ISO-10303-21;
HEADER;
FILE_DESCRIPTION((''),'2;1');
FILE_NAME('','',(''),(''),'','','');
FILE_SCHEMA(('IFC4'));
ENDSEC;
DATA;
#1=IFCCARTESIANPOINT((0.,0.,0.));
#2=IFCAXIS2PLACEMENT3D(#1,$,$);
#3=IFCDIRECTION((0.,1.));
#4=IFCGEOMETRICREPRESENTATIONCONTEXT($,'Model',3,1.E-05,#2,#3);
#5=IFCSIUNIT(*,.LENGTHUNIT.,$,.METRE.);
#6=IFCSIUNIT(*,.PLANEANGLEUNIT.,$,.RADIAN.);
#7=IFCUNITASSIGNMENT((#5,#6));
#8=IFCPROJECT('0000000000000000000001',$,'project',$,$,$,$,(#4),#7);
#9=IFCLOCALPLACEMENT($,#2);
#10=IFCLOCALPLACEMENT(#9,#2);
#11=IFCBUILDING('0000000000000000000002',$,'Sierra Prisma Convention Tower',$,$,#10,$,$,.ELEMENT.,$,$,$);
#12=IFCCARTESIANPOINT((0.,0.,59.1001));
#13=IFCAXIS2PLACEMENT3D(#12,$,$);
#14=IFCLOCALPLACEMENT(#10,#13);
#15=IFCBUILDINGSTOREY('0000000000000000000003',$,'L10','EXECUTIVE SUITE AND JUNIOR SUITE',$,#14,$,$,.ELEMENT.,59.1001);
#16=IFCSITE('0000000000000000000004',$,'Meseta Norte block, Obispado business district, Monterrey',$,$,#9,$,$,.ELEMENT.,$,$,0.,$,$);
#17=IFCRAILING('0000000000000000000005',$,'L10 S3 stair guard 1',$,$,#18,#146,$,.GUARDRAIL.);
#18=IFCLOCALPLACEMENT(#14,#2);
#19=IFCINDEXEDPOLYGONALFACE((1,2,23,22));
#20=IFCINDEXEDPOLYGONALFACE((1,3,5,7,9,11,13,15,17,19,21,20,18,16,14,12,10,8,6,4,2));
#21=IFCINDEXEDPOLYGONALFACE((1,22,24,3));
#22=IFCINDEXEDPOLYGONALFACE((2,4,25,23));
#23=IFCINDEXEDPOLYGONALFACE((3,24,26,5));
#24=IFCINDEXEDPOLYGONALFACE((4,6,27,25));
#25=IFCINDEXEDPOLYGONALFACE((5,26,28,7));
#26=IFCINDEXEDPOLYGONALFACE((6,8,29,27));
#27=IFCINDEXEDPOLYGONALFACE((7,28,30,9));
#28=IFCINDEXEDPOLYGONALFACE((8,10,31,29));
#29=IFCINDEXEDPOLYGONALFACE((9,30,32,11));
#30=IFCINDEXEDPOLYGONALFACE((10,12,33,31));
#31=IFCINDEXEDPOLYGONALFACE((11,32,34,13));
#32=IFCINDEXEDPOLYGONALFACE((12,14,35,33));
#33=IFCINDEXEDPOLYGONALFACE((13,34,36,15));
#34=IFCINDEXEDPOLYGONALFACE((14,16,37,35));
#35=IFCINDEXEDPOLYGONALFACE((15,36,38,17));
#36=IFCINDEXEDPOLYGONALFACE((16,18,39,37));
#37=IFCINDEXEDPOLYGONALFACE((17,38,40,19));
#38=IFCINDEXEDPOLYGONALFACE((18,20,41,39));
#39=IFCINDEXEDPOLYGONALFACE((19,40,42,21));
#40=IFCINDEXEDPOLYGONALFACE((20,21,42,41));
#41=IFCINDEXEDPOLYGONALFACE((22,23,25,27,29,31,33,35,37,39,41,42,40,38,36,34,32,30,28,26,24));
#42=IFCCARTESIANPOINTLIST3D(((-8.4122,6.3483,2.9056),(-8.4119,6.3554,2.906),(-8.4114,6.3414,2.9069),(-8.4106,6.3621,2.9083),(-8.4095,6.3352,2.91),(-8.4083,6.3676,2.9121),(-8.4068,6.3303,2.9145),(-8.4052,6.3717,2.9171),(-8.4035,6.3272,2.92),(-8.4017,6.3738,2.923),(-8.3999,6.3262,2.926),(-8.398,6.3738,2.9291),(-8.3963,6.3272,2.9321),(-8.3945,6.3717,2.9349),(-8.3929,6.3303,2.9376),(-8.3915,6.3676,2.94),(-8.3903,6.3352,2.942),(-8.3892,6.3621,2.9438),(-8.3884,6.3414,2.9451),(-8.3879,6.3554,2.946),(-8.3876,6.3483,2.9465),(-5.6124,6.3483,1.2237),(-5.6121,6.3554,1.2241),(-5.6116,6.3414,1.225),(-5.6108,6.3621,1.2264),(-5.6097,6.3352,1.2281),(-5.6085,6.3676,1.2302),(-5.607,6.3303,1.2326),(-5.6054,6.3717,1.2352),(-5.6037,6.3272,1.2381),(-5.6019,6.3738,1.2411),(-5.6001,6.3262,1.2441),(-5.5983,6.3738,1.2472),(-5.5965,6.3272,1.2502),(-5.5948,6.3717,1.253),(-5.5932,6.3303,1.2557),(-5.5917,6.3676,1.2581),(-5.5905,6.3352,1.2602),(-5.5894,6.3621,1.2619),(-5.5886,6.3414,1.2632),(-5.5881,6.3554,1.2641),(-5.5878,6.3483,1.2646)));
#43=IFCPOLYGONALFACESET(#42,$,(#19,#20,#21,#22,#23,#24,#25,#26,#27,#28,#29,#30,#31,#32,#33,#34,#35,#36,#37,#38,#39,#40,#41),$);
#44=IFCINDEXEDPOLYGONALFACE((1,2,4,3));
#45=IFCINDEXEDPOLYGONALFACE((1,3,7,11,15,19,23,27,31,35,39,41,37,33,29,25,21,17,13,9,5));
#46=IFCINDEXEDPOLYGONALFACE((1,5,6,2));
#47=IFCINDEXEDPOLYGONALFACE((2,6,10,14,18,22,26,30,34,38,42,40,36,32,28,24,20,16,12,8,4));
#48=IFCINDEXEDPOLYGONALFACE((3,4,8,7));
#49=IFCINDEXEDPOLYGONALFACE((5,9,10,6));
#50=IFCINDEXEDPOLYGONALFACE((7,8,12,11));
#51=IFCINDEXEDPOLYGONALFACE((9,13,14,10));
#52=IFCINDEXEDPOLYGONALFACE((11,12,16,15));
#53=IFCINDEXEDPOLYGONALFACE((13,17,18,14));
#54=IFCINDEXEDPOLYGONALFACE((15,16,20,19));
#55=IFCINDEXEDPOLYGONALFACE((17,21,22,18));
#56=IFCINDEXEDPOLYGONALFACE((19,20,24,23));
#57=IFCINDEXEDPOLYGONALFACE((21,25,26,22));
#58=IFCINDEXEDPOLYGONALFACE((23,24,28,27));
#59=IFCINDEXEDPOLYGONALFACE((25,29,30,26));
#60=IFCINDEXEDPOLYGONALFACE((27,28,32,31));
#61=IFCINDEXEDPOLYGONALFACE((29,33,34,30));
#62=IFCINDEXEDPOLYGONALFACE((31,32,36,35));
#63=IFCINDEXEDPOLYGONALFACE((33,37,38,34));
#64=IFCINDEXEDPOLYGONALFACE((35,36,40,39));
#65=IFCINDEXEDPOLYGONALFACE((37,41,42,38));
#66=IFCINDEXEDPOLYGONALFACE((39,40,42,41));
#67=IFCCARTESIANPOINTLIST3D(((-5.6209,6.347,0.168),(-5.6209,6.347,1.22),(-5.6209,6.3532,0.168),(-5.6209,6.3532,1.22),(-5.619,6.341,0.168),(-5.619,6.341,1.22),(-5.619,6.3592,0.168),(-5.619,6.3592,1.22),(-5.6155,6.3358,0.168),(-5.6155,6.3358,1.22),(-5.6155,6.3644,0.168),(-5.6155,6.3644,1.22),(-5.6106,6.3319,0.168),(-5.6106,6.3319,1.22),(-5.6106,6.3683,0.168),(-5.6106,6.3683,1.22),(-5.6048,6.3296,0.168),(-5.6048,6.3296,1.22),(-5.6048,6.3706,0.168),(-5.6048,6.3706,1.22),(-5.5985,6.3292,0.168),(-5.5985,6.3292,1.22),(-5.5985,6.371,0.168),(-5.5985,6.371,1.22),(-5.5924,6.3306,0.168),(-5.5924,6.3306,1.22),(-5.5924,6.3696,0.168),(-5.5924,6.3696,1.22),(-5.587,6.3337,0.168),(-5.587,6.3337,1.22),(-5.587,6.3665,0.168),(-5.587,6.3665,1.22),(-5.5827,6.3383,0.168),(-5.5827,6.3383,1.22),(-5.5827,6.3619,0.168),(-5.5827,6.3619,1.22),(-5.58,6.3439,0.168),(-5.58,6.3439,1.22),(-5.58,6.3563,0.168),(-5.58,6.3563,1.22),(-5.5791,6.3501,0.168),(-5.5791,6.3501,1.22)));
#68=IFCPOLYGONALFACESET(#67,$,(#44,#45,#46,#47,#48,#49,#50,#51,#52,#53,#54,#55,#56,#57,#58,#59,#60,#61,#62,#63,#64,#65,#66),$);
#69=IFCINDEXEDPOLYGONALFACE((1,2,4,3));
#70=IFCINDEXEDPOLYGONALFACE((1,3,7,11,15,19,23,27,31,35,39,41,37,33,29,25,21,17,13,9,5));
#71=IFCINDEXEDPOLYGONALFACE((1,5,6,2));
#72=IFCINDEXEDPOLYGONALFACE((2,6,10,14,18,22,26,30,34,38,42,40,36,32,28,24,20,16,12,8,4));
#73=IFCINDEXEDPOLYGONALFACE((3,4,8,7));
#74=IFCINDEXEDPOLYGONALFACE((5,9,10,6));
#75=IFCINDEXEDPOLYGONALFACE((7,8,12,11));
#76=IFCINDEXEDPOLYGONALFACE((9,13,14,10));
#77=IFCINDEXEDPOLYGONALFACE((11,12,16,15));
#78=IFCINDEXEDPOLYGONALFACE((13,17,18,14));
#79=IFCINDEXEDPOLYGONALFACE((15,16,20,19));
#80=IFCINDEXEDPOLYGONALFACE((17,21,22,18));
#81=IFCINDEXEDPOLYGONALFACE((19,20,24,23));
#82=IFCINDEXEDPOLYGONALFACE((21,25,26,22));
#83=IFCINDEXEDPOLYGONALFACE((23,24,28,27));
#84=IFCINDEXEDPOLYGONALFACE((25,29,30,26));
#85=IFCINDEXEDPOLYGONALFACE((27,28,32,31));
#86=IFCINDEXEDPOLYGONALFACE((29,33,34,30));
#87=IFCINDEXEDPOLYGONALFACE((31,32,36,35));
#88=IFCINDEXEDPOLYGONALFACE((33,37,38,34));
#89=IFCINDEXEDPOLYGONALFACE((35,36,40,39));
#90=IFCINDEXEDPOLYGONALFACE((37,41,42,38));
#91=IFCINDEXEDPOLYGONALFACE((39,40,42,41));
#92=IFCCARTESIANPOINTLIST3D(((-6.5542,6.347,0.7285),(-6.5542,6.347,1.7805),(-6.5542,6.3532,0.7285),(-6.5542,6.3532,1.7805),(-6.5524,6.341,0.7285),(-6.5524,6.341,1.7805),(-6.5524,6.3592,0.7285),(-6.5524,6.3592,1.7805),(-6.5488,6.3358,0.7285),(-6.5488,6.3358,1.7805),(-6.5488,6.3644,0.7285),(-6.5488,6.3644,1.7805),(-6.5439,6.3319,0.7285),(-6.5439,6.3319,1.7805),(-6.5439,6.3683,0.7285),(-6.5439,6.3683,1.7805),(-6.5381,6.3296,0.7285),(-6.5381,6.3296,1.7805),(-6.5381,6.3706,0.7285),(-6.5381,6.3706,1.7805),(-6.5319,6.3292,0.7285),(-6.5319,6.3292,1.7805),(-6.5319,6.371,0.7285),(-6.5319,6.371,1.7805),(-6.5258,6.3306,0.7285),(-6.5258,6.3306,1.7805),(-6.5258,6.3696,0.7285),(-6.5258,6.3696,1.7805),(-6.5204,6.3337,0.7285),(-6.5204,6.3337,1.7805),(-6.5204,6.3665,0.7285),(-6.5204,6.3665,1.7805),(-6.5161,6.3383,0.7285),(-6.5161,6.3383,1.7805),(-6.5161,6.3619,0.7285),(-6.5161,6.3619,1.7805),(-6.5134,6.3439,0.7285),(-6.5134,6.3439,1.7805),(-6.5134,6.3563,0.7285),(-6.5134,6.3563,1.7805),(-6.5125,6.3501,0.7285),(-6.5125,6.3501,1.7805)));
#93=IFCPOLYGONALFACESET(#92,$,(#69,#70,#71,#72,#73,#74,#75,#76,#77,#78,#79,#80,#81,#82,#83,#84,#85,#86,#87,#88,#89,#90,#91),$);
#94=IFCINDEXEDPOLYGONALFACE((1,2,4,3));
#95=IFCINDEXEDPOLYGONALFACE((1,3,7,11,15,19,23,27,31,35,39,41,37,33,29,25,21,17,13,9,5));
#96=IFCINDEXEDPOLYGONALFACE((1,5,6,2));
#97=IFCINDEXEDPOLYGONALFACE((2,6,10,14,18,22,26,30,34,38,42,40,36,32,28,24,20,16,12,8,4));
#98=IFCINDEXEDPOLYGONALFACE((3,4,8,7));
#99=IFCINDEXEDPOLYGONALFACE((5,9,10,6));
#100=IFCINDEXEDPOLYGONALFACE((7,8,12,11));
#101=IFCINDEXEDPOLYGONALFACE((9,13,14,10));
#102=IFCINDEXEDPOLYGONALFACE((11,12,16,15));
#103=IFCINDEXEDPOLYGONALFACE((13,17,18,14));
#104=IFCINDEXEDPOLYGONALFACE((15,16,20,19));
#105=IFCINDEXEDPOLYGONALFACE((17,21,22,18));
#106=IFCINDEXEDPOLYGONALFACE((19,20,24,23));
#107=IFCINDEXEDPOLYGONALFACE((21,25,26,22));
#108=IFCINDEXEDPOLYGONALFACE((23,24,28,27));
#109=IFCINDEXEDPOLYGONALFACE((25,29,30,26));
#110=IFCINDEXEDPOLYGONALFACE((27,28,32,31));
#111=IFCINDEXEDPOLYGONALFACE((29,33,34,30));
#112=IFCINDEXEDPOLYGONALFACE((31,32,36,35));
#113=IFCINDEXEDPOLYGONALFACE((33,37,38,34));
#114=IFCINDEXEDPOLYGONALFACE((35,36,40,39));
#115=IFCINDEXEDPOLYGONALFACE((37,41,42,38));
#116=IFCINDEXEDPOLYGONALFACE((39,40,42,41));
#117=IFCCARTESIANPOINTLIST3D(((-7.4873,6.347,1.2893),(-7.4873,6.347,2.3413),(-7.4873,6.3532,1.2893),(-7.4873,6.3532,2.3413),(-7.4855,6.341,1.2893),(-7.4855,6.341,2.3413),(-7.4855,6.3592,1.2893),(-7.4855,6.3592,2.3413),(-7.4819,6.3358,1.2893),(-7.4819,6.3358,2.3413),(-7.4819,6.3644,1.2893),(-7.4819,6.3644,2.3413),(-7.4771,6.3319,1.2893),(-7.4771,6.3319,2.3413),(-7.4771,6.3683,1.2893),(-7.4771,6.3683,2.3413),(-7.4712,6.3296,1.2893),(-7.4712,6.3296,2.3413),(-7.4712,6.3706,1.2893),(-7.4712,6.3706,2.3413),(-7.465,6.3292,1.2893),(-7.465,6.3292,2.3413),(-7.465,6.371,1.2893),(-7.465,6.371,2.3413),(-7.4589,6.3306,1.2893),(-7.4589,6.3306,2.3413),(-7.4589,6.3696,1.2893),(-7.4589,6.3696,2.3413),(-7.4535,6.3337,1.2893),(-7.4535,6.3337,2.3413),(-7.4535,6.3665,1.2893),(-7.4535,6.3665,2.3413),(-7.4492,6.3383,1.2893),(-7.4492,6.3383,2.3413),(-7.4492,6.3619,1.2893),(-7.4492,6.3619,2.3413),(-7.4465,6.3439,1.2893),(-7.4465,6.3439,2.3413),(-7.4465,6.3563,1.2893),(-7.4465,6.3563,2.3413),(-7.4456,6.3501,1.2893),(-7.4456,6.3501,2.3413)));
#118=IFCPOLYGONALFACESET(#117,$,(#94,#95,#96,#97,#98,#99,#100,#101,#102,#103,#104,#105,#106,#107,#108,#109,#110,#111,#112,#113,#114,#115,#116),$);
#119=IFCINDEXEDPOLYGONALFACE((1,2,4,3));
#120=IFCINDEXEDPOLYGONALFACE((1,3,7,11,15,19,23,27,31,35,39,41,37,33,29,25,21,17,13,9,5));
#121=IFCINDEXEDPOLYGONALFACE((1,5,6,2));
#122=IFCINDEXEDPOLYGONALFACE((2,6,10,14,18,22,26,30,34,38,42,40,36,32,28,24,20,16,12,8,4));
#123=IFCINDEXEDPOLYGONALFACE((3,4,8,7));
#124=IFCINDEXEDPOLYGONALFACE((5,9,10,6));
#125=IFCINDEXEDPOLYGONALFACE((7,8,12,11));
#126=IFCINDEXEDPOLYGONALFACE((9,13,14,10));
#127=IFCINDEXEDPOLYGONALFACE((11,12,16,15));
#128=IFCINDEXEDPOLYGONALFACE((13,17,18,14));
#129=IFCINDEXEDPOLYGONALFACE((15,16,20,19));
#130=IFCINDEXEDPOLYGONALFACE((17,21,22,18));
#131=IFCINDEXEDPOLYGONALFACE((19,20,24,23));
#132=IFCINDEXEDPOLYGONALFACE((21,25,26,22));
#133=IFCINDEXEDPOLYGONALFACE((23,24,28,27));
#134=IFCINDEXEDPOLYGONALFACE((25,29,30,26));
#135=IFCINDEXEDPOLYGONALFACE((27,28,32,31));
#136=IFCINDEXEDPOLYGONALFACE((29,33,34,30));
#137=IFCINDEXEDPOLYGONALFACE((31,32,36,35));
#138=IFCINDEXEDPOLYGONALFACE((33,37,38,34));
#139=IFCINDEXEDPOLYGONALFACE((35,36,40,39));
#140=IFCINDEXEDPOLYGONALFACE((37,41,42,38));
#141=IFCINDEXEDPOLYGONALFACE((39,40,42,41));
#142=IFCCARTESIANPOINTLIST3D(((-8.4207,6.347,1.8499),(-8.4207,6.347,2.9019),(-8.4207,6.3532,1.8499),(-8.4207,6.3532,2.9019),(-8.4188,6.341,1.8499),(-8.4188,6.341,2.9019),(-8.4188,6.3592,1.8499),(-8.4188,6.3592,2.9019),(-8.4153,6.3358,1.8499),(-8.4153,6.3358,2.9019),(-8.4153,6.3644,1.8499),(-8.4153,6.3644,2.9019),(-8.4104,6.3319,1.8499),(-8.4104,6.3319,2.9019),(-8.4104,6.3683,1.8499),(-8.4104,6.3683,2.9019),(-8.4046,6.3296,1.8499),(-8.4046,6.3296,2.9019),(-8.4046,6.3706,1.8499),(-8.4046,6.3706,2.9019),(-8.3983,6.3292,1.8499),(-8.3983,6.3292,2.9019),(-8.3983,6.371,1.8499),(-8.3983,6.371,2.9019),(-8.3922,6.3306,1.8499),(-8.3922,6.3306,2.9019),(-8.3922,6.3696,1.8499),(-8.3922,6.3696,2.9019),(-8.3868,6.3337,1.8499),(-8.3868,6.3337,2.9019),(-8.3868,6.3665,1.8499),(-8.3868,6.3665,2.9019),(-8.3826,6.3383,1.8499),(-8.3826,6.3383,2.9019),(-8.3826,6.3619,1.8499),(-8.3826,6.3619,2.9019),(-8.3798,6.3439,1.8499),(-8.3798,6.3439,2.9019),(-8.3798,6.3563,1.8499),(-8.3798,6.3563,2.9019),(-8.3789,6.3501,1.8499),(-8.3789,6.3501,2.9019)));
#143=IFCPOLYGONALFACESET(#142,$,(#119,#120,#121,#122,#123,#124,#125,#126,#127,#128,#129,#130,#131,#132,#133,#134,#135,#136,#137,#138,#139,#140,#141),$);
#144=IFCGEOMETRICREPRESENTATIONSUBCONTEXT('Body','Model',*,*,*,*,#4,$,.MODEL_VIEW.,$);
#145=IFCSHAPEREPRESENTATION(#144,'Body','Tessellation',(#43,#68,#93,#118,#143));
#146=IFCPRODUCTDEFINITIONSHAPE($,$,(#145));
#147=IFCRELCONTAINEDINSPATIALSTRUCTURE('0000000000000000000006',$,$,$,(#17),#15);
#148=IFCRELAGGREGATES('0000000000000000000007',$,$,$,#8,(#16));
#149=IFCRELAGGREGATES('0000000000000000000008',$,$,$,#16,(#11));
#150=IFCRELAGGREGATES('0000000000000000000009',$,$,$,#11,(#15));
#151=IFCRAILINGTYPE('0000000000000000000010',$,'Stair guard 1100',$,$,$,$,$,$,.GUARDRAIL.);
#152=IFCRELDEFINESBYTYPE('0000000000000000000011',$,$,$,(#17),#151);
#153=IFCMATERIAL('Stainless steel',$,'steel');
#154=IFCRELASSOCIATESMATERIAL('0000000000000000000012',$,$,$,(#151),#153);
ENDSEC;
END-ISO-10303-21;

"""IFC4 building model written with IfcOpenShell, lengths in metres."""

from ifc_helpers import new_model, si_unit, direction, frame, origin, origin_2d, place, context, subcontext, project, spatial, circle, extrude, material, type_object, element, save


model = new_model("IFC4")

# Units and contexts
model_context = context("Model", 3, precision=1e-05, world=origin(), true_north=direction((0.0, 1.0)))
body_context = subcontext(model_context, "Body", "Model", "MODEL_VIEW")
ifc_project = project(units=[si_unit("LENGTHUNIT", "METRE"), si_unit("PLANEANGLEUNIT", "RADIAN")], contexts=[model_context])

# Site, building, storey
site_placement = place(None, origin())
site = spatial("IfcSite", under=ifc_project, at=site_placement, Name="Meseta Norte block, Obispado business district, Monterrey", CompositionType="ELEMENT", RefElevation=0.0)
building_placement = place(site_placement, origin())
building = spatial("IfcBuilding", under=site, at=building_placement, Name="Sierra Prisma Convention Tower", CompositionType="ELEMENT")
storey_placement = place(building_placement, frame((0.0, 0.0, 59.1001)))
storey = spatial("IfcBuildingStorey", under=building, at=storey_placement, Name="L10", Description="EXECUTIVE SUITE AND JUNIOR SUITE", CompositionType="ELEMENT", Elevation=59.1001)

# Railing
ifc_material_1 = material(Name="Stainless steel", Category="steel")
railing_type_1 = type_object("IfcRailingType", Name="Stair guard 1100", PredefinedType="GUARDRAIL", material=ifc_material_1)
railing_1_placement = place(storey_placement, frame((-5.6001, 6.3501, 0.168)))
element("IfcRailing", 1, at=railing_1_placement, inside=storey, type_object=railing_type_1, Name="L10 S3 stair guard 1", PredefinedType="GUARDRAIL", context=body_context, shape_type="SweptSolid", body=[
    extrude(circle(Radius=0.0239, at=origin_2d()), frame((0.0, 0.0, 1.0762), z_axis=(-0.857222, 0.0, 0.514946), x_axis=(0.0, -1.0, 0.0)), (0.0, 0.0, 1.0), 3.2661),
    extrude(circle(Radius=0.021, at=origin_2d()), origin(), (0.0, 0.0, 1.0), 1.052),
    extrude(circle(Radius=0.021, at=origin_2d()), frame((-0.9333, 0.0, 0.5605)), (0.0, 0.0, 1.0), 1.052),
    extrude(circle(Radius=0.021, at=origin_2d()), frame((-1.8665, 0.0, 1.1213)), (0.0, 0.0, 1.0), 1.052),
    extrude(circle(Radius=0.021, at=origin_2d()), frame((-2.7998, 0.0, 1.6819)), (0.0, 0.0, 1.0), 1.052),
])

save(model, "model.ifc")
